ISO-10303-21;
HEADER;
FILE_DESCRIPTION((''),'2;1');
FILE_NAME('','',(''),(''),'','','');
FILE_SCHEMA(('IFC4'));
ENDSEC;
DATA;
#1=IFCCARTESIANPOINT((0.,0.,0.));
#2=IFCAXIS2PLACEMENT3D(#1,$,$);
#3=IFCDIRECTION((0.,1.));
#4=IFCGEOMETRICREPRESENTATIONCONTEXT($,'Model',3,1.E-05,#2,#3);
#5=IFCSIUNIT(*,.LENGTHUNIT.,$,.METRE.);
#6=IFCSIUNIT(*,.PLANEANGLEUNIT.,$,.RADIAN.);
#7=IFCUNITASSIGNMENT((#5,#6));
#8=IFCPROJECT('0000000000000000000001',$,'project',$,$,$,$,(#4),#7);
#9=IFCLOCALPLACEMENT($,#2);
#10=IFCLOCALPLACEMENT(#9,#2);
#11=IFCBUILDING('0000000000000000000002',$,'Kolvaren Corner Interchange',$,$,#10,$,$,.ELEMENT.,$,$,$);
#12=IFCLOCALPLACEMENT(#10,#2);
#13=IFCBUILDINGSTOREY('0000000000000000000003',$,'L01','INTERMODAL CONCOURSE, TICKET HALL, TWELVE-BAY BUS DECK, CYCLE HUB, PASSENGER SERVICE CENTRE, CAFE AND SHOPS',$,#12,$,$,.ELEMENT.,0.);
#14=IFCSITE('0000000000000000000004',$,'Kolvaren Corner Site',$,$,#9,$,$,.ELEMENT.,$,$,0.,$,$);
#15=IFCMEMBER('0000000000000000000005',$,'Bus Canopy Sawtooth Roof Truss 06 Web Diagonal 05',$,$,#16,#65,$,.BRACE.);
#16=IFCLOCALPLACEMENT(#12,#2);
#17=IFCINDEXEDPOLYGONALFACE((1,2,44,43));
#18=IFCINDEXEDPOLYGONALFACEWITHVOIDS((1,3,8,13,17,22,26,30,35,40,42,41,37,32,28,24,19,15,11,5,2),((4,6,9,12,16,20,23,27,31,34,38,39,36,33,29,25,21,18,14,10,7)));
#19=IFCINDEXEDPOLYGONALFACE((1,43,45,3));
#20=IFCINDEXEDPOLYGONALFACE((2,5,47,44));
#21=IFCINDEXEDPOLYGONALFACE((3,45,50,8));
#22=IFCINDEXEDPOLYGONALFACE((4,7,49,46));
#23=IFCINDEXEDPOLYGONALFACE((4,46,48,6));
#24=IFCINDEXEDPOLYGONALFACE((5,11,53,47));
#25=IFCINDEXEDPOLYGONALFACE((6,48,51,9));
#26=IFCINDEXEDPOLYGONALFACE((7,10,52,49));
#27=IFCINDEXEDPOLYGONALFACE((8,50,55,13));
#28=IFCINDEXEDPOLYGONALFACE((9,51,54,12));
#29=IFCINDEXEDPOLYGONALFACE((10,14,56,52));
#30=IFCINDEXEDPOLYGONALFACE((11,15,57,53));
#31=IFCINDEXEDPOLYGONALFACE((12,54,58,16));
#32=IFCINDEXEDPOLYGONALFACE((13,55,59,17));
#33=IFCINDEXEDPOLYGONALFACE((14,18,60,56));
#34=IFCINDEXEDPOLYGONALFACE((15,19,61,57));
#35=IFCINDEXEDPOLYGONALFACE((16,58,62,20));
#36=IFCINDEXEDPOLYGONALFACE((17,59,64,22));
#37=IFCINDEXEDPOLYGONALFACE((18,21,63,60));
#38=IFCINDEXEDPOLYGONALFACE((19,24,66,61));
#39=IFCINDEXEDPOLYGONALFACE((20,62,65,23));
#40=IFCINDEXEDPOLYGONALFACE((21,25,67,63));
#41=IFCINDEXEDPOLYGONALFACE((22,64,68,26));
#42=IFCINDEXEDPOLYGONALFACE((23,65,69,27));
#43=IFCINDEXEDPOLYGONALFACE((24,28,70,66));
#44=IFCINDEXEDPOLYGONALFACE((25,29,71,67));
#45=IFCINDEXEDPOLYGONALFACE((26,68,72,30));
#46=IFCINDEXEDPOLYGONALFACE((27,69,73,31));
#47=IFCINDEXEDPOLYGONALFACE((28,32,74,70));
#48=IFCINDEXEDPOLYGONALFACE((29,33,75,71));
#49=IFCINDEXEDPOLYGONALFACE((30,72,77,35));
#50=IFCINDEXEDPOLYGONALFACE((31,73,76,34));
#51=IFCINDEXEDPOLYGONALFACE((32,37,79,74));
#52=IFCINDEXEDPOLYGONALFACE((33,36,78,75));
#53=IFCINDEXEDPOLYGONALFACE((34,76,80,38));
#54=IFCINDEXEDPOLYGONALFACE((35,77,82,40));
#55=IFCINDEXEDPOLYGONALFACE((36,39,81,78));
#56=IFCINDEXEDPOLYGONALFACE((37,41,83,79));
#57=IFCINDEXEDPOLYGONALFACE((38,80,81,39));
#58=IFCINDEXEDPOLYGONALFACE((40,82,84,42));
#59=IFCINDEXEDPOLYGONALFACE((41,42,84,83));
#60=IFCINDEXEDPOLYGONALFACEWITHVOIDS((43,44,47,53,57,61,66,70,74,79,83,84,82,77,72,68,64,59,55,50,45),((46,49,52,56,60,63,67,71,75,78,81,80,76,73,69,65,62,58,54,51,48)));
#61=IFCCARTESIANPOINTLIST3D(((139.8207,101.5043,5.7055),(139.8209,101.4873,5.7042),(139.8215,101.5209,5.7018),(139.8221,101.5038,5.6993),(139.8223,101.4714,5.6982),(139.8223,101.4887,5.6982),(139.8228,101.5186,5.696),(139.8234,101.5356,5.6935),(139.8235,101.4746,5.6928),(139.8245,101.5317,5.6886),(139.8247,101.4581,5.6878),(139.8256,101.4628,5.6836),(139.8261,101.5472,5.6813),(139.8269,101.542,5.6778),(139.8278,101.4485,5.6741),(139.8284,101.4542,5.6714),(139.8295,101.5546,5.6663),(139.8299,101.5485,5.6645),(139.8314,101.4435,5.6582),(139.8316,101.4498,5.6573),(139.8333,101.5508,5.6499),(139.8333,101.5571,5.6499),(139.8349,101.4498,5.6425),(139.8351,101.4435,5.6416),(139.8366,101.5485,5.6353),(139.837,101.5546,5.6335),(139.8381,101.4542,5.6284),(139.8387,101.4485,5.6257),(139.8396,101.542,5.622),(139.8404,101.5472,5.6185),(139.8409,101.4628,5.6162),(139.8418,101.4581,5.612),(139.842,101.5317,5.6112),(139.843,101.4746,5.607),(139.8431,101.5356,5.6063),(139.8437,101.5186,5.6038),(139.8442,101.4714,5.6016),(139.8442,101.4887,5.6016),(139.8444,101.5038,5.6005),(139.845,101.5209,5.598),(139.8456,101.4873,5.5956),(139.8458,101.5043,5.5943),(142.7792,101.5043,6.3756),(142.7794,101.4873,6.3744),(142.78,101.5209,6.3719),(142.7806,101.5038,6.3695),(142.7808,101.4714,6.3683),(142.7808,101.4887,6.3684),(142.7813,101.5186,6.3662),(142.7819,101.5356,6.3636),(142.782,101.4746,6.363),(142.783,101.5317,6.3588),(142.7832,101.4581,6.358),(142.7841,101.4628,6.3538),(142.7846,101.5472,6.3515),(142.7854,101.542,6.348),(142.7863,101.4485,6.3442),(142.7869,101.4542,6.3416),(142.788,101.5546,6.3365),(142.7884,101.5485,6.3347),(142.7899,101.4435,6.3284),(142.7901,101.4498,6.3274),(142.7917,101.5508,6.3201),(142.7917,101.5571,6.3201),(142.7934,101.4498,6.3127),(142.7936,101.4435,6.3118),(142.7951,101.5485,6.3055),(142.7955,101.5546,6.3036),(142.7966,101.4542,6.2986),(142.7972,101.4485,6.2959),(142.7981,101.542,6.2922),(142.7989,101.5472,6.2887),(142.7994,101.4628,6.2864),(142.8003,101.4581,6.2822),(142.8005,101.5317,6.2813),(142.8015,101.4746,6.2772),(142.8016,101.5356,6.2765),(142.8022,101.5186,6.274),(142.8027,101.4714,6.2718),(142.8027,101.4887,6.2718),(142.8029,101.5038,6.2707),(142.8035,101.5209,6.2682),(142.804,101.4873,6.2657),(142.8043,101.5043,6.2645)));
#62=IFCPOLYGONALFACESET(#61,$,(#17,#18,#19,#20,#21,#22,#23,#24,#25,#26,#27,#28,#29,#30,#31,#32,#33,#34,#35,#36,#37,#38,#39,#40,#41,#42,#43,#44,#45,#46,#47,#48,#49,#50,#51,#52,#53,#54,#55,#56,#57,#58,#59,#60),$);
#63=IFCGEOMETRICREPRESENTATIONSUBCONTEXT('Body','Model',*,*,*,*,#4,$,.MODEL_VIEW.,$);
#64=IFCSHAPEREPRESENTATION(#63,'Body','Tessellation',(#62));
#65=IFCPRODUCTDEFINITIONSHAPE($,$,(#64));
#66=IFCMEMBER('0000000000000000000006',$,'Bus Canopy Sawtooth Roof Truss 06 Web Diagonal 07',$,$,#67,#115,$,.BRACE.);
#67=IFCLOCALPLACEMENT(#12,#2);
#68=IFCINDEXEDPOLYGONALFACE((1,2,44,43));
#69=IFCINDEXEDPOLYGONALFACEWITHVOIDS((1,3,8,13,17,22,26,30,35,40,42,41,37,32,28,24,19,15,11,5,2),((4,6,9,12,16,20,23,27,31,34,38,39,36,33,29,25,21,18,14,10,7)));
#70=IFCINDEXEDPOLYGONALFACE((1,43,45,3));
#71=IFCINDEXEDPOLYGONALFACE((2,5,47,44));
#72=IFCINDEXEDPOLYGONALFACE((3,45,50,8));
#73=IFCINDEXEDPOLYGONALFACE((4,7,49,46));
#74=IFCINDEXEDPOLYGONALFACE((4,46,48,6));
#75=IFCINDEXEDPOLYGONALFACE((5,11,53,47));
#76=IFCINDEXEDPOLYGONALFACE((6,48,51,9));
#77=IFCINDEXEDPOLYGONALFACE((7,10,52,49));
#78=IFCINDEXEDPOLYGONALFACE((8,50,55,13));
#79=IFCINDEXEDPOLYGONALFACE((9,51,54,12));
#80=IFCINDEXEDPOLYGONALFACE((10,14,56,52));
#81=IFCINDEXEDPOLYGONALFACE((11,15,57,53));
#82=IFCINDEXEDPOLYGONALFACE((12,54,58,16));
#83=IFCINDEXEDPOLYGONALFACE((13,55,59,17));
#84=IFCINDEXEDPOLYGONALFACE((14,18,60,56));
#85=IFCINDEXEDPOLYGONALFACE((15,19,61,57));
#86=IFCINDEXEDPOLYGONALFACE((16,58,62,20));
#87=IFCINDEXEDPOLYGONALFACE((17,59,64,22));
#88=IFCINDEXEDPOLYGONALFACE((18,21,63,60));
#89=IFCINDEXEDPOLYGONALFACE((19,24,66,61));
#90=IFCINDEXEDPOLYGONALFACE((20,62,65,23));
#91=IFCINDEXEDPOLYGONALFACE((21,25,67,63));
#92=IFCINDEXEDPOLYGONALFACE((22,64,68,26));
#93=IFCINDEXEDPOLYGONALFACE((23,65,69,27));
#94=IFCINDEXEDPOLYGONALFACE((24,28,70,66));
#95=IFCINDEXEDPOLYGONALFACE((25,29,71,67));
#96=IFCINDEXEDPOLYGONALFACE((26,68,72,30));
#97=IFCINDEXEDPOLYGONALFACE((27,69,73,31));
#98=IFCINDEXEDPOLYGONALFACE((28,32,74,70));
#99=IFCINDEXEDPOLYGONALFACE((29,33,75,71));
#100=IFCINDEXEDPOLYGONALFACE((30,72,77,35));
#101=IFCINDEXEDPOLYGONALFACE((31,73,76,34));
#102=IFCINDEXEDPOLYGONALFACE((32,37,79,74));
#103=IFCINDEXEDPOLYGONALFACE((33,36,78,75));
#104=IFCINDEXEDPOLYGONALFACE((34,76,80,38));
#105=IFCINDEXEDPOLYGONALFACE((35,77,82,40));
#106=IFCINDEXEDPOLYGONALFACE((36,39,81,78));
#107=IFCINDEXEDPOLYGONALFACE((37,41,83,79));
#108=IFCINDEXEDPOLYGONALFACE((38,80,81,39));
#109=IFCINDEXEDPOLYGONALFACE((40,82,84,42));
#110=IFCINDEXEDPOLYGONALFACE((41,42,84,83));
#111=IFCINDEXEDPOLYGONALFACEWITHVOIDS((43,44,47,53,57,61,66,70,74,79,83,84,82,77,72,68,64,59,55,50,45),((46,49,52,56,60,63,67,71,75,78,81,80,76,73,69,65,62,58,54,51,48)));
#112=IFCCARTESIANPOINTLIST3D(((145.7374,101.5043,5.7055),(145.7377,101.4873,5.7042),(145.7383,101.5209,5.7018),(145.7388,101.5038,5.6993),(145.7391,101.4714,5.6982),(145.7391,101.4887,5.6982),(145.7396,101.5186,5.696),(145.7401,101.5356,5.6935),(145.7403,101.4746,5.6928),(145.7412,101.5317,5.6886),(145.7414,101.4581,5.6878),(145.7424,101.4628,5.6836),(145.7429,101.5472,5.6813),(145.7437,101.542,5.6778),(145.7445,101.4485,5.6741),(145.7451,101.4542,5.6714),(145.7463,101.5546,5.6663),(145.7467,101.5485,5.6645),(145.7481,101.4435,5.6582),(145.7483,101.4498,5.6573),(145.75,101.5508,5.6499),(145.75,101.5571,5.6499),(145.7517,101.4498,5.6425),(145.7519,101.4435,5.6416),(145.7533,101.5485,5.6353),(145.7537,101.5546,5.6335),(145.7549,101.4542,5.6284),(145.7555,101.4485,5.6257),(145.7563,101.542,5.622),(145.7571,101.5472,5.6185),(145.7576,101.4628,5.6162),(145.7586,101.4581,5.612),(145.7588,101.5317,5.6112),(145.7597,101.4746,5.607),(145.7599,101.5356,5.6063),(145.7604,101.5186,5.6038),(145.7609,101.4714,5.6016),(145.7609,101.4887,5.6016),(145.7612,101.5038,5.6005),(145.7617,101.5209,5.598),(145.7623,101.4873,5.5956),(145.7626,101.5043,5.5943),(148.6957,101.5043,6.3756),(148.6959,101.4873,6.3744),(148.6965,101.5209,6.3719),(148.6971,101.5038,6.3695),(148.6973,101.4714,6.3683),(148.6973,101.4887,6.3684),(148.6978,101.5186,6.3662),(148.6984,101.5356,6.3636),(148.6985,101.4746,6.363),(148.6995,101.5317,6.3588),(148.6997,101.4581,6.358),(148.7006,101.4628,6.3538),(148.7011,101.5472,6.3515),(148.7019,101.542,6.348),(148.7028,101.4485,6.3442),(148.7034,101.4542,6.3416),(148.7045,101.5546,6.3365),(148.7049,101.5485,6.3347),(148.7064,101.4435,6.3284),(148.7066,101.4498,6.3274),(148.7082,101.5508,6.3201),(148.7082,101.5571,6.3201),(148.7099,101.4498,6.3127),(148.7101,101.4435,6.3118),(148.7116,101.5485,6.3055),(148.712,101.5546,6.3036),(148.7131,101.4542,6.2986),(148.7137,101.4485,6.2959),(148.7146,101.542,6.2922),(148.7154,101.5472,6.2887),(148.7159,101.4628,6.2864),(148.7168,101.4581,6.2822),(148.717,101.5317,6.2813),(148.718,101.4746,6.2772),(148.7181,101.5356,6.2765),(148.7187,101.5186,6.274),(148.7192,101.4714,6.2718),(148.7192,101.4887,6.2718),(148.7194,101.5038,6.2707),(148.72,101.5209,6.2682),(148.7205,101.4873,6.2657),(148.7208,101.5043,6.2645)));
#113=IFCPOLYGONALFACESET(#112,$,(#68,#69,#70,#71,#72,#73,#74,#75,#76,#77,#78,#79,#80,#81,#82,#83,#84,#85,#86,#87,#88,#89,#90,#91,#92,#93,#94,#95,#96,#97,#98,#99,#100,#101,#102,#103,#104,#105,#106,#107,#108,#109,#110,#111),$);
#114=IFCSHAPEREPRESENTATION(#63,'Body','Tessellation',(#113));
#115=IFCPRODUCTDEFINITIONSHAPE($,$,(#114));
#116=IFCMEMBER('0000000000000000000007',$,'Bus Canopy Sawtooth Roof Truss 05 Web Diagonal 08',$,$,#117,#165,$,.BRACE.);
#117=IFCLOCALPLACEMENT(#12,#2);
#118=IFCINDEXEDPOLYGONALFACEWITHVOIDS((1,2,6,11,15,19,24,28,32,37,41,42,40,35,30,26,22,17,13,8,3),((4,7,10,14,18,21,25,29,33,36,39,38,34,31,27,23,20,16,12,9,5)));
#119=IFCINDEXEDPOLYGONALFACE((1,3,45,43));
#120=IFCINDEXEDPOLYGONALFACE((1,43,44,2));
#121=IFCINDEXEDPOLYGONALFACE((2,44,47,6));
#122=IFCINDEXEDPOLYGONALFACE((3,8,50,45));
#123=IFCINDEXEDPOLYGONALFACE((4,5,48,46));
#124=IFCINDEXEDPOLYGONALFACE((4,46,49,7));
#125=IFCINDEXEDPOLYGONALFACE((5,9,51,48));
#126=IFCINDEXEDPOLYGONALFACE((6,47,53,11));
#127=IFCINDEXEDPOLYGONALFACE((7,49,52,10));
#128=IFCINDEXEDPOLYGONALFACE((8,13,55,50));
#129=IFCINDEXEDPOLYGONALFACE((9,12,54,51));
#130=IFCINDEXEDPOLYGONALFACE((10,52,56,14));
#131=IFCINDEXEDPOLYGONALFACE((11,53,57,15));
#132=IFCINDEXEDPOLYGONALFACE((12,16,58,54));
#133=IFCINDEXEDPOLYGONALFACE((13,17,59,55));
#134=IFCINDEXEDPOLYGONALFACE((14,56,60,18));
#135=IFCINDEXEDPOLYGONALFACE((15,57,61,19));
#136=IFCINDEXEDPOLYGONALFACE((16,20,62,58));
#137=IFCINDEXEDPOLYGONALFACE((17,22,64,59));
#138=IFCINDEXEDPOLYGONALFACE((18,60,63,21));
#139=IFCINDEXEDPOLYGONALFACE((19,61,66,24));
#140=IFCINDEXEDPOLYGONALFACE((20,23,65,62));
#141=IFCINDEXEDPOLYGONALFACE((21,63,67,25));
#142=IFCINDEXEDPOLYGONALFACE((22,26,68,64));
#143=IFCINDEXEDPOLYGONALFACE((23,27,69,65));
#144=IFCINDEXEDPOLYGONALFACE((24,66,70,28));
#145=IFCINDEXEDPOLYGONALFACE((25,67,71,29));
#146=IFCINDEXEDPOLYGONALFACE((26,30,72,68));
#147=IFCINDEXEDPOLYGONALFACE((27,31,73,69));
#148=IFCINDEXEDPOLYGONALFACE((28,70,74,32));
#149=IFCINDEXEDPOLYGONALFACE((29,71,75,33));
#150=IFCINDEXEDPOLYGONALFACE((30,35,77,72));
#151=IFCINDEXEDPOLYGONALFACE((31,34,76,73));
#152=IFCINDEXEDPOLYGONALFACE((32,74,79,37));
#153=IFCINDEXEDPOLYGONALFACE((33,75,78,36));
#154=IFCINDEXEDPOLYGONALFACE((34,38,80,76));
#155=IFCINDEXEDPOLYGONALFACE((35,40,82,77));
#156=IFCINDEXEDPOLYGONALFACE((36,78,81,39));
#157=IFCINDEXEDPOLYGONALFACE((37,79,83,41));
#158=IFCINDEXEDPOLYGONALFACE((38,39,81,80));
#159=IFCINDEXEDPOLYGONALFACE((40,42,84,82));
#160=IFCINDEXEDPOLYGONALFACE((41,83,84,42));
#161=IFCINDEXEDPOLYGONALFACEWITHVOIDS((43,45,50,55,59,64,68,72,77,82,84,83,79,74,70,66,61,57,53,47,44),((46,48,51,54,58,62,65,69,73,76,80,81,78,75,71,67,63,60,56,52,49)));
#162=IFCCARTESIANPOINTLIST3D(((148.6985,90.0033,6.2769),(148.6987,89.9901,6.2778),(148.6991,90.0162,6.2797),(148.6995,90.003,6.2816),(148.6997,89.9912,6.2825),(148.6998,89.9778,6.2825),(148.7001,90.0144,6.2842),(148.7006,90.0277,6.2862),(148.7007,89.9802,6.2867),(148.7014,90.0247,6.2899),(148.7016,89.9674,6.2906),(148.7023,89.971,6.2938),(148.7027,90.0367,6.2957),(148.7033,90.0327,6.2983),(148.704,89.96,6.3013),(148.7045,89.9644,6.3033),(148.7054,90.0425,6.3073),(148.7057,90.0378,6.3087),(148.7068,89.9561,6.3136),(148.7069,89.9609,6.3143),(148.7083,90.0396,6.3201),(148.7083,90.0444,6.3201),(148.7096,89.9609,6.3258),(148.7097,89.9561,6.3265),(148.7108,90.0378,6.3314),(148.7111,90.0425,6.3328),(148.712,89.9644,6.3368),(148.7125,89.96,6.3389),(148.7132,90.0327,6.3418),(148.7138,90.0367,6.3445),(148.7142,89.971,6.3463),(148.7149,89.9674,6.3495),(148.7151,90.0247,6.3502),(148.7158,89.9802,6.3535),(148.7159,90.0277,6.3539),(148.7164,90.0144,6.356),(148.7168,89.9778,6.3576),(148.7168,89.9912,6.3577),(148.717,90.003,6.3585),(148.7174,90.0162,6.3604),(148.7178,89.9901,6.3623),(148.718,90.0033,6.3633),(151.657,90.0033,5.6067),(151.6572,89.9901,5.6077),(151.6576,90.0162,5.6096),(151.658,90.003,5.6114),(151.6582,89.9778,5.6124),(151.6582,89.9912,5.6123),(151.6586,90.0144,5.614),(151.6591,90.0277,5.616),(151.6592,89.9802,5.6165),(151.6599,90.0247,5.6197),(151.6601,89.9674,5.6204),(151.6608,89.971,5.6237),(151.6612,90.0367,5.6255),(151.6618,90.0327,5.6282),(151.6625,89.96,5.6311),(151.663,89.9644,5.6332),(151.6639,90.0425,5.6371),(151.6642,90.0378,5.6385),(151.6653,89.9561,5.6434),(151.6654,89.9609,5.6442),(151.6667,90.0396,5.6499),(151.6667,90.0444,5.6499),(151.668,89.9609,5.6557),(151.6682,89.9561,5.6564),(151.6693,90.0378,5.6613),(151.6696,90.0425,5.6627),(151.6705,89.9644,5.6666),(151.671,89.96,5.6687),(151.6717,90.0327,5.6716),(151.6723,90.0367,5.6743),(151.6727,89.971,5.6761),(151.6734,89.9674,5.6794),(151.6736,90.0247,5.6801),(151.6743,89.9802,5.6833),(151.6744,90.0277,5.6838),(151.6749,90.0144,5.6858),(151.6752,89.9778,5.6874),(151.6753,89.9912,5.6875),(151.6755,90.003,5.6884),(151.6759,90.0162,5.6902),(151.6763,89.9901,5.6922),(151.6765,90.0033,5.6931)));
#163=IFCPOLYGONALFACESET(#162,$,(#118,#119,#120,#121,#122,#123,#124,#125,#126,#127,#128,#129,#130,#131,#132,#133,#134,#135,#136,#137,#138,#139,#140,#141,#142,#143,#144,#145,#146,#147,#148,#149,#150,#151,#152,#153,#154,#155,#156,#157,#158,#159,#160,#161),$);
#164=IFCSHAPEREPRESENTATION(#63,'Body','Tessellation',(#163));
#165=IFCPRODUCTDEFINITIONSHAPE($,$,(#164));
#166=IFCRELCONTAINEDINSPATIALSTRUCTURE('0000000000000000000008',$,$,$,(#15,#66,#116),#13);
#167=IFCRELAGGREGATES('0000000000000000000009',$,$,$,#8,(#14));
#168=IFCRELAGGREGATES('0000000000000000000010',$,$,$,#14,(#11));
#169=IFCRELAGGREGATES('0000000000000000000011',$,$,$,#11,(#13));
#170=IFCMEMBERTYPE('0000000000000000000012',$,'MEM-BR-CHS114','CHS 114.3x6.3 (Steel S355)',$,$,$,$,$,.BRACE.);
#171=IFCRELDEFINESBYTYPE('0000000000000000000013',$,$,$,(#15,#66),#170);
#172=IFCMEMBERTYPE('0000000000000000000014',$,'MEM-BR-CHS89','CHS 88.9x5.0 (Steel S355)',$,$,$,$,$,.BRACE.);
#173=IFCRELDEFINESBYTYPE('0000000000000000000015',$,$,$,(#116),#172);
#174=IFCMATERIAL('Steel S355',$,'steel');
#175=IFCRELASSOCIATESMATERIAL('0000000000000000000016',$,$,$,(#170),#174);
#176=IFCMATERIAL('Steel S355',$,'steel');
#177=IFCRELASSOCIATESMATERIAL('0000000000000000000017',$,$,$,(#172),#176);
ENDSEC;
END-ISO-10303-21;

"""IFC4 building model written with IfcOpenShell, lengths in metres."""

from ifc_helpers import new_model, si_unit, direction, frame, origin, origin_2d, place, context, subcontext, project, spatial, hollow_circle, extrude, material, material_profile, profile_set, type_object, element, save


model = new_model("IFC4")

# Units and contexts
model_context = context("Model", 3, precision=1e-05, world=origin(), true_north=direction((0.0, 1.0)))
body_context = subcontext(model_context, "Body", "Model", "MODEL_VIEW")
ifc_project = project(units=[si_unit("LENGTHUNIT", "METRE"), si_unit("PLANEANGLEUNIT", "RADIAN")], contexts=[model_context])

# Site, building, storey
site_placement = place(None, origin())
site = spatial("IfcSite", under=ifc_project, at=site_placement, Name="Kolvaren Corner Site", CompositionType="ELEMENT", RefElevation=0.0)
building_placement = place(site_placement, origin())
building = spatial("IfcBuilding", under=site, at=building_placement, Name="Kolvaren Corner Interchange", CompositionType="ELEMENT")
storey_placement = place(building_placement, origin())
storey = spatial("IfcBuildingStorey", under=building, at=storey_placement, Name="L01", Description="INTERMODAL CONCOURSE, TICKET HALL, TWELVE-BAY BUS DECK, CYCLE HUB, PASSENGER SERVICE CENTRE, CAFE AND SHOPS", CompositionType="ELEMENT", Elevation=0.0)

# Members
ifc_material_1 = material(Name="Steel S355", Category="steel")
ifc_material_profile_1 = material_profile(ifc_material_1, hollow_circle(Radius=0.0571, WallThickness=0.0063, at=origin_2d()), Name="CHS 114.3x6.3")
ifc_profile_set_1 = profile_set([ifc_material_profile_1], Name="Steel S355")
member_type_1 = type_object("IfcMemberType", Name="MEM-BR-CHS114", Description="CHS 114.3x6.3 (Steel S355)", PredefinedType="BRACE", material=ifc_profile_set_1)
member_1_placement = place(storey_placement, frame((139.8333, 101.5, 5.6499), z_axis=(0.975291, 0.0, 0.220925), x_axis=(0.0, 1.0, 0.0)))
element("IfcMember", 1, at=member_1_placement, inside=storey, type_object=member_type_1, Name="Bus Canopy Sawtooth Roof Truss 06 Web Diagonal 05", PredefinedType="BRACE", context=body_context, shape_type="SweptSolid", body=[
    extrude(hollow_circle(Radius=0.0571, WallThickness=0.0063, at=origin_2d()), origin(), (0.0, 0.0, 1.0), 3.0334),
])
member_2_placement = place(storey_placement, frame((145.75, 101.5, 5.6499), z_axis=(0.975287, 0.0, 0.220943), x_axis=(0.0, 1.0, 0.0)))
element("IfcMember", 2, at=member_2_placement, inside=storey, type_object=member_type_1, Name="Bus Canopy Sawtooth Roof Truss 06 Web Diagonal 07", PredefinedType="BRACE", context=body_context, shape_type="SweptSolid", body=[
    extrude(hollow_circle(Radius=0.0571, WallThickness=0.0063, at=origin_2d()), origin(), (0.0, 0.0, 1.0), 3.0332),
])
ifc_material_2 = material(Name="Steel S355", Category="steel")
ifc_material_profile_2 = material_profile(ifc_material_2, hollow_circle(Radius=0.0444, WallThickness=0.0049, at=origin_2d()), Name="CHS 88.9x5.0")
ifc_profile_set_2 = profile_set([ifc_material_profile_2], Name="Steel S355")
member_type_2 = type_object("IfcMemberType", Name="MEM-BR-CHS89", Description="CHS 88.9x5.0 (Steel S355)", PredefinedType="BRACE", material=ifc_profile_set_2)
member_3_placement = place(storey_placement, frame((148.7083, 90.0, 6.3201), z_axis=(0.975291, 0.0, -0.220925), x_axis=(0.0, 1.0, 0.0)))
element("IfcMember", 3, at=member_3_placement, inside=storey, type_object=member_type_2, Name="Bus Canopy Sawtooth Roof Truss 05 Web Diagonal 08", PredefinedType="BRACE", context=body_context, shape_type="SweptSolid", body=[
    extrude(hollow_circle(Radius=0.0444, WallThickness=0.0049, at=origin_2d()), origin(), (0.0, 0.0, 1.0), 3.0334),
])

save(model, "model.ifc")
